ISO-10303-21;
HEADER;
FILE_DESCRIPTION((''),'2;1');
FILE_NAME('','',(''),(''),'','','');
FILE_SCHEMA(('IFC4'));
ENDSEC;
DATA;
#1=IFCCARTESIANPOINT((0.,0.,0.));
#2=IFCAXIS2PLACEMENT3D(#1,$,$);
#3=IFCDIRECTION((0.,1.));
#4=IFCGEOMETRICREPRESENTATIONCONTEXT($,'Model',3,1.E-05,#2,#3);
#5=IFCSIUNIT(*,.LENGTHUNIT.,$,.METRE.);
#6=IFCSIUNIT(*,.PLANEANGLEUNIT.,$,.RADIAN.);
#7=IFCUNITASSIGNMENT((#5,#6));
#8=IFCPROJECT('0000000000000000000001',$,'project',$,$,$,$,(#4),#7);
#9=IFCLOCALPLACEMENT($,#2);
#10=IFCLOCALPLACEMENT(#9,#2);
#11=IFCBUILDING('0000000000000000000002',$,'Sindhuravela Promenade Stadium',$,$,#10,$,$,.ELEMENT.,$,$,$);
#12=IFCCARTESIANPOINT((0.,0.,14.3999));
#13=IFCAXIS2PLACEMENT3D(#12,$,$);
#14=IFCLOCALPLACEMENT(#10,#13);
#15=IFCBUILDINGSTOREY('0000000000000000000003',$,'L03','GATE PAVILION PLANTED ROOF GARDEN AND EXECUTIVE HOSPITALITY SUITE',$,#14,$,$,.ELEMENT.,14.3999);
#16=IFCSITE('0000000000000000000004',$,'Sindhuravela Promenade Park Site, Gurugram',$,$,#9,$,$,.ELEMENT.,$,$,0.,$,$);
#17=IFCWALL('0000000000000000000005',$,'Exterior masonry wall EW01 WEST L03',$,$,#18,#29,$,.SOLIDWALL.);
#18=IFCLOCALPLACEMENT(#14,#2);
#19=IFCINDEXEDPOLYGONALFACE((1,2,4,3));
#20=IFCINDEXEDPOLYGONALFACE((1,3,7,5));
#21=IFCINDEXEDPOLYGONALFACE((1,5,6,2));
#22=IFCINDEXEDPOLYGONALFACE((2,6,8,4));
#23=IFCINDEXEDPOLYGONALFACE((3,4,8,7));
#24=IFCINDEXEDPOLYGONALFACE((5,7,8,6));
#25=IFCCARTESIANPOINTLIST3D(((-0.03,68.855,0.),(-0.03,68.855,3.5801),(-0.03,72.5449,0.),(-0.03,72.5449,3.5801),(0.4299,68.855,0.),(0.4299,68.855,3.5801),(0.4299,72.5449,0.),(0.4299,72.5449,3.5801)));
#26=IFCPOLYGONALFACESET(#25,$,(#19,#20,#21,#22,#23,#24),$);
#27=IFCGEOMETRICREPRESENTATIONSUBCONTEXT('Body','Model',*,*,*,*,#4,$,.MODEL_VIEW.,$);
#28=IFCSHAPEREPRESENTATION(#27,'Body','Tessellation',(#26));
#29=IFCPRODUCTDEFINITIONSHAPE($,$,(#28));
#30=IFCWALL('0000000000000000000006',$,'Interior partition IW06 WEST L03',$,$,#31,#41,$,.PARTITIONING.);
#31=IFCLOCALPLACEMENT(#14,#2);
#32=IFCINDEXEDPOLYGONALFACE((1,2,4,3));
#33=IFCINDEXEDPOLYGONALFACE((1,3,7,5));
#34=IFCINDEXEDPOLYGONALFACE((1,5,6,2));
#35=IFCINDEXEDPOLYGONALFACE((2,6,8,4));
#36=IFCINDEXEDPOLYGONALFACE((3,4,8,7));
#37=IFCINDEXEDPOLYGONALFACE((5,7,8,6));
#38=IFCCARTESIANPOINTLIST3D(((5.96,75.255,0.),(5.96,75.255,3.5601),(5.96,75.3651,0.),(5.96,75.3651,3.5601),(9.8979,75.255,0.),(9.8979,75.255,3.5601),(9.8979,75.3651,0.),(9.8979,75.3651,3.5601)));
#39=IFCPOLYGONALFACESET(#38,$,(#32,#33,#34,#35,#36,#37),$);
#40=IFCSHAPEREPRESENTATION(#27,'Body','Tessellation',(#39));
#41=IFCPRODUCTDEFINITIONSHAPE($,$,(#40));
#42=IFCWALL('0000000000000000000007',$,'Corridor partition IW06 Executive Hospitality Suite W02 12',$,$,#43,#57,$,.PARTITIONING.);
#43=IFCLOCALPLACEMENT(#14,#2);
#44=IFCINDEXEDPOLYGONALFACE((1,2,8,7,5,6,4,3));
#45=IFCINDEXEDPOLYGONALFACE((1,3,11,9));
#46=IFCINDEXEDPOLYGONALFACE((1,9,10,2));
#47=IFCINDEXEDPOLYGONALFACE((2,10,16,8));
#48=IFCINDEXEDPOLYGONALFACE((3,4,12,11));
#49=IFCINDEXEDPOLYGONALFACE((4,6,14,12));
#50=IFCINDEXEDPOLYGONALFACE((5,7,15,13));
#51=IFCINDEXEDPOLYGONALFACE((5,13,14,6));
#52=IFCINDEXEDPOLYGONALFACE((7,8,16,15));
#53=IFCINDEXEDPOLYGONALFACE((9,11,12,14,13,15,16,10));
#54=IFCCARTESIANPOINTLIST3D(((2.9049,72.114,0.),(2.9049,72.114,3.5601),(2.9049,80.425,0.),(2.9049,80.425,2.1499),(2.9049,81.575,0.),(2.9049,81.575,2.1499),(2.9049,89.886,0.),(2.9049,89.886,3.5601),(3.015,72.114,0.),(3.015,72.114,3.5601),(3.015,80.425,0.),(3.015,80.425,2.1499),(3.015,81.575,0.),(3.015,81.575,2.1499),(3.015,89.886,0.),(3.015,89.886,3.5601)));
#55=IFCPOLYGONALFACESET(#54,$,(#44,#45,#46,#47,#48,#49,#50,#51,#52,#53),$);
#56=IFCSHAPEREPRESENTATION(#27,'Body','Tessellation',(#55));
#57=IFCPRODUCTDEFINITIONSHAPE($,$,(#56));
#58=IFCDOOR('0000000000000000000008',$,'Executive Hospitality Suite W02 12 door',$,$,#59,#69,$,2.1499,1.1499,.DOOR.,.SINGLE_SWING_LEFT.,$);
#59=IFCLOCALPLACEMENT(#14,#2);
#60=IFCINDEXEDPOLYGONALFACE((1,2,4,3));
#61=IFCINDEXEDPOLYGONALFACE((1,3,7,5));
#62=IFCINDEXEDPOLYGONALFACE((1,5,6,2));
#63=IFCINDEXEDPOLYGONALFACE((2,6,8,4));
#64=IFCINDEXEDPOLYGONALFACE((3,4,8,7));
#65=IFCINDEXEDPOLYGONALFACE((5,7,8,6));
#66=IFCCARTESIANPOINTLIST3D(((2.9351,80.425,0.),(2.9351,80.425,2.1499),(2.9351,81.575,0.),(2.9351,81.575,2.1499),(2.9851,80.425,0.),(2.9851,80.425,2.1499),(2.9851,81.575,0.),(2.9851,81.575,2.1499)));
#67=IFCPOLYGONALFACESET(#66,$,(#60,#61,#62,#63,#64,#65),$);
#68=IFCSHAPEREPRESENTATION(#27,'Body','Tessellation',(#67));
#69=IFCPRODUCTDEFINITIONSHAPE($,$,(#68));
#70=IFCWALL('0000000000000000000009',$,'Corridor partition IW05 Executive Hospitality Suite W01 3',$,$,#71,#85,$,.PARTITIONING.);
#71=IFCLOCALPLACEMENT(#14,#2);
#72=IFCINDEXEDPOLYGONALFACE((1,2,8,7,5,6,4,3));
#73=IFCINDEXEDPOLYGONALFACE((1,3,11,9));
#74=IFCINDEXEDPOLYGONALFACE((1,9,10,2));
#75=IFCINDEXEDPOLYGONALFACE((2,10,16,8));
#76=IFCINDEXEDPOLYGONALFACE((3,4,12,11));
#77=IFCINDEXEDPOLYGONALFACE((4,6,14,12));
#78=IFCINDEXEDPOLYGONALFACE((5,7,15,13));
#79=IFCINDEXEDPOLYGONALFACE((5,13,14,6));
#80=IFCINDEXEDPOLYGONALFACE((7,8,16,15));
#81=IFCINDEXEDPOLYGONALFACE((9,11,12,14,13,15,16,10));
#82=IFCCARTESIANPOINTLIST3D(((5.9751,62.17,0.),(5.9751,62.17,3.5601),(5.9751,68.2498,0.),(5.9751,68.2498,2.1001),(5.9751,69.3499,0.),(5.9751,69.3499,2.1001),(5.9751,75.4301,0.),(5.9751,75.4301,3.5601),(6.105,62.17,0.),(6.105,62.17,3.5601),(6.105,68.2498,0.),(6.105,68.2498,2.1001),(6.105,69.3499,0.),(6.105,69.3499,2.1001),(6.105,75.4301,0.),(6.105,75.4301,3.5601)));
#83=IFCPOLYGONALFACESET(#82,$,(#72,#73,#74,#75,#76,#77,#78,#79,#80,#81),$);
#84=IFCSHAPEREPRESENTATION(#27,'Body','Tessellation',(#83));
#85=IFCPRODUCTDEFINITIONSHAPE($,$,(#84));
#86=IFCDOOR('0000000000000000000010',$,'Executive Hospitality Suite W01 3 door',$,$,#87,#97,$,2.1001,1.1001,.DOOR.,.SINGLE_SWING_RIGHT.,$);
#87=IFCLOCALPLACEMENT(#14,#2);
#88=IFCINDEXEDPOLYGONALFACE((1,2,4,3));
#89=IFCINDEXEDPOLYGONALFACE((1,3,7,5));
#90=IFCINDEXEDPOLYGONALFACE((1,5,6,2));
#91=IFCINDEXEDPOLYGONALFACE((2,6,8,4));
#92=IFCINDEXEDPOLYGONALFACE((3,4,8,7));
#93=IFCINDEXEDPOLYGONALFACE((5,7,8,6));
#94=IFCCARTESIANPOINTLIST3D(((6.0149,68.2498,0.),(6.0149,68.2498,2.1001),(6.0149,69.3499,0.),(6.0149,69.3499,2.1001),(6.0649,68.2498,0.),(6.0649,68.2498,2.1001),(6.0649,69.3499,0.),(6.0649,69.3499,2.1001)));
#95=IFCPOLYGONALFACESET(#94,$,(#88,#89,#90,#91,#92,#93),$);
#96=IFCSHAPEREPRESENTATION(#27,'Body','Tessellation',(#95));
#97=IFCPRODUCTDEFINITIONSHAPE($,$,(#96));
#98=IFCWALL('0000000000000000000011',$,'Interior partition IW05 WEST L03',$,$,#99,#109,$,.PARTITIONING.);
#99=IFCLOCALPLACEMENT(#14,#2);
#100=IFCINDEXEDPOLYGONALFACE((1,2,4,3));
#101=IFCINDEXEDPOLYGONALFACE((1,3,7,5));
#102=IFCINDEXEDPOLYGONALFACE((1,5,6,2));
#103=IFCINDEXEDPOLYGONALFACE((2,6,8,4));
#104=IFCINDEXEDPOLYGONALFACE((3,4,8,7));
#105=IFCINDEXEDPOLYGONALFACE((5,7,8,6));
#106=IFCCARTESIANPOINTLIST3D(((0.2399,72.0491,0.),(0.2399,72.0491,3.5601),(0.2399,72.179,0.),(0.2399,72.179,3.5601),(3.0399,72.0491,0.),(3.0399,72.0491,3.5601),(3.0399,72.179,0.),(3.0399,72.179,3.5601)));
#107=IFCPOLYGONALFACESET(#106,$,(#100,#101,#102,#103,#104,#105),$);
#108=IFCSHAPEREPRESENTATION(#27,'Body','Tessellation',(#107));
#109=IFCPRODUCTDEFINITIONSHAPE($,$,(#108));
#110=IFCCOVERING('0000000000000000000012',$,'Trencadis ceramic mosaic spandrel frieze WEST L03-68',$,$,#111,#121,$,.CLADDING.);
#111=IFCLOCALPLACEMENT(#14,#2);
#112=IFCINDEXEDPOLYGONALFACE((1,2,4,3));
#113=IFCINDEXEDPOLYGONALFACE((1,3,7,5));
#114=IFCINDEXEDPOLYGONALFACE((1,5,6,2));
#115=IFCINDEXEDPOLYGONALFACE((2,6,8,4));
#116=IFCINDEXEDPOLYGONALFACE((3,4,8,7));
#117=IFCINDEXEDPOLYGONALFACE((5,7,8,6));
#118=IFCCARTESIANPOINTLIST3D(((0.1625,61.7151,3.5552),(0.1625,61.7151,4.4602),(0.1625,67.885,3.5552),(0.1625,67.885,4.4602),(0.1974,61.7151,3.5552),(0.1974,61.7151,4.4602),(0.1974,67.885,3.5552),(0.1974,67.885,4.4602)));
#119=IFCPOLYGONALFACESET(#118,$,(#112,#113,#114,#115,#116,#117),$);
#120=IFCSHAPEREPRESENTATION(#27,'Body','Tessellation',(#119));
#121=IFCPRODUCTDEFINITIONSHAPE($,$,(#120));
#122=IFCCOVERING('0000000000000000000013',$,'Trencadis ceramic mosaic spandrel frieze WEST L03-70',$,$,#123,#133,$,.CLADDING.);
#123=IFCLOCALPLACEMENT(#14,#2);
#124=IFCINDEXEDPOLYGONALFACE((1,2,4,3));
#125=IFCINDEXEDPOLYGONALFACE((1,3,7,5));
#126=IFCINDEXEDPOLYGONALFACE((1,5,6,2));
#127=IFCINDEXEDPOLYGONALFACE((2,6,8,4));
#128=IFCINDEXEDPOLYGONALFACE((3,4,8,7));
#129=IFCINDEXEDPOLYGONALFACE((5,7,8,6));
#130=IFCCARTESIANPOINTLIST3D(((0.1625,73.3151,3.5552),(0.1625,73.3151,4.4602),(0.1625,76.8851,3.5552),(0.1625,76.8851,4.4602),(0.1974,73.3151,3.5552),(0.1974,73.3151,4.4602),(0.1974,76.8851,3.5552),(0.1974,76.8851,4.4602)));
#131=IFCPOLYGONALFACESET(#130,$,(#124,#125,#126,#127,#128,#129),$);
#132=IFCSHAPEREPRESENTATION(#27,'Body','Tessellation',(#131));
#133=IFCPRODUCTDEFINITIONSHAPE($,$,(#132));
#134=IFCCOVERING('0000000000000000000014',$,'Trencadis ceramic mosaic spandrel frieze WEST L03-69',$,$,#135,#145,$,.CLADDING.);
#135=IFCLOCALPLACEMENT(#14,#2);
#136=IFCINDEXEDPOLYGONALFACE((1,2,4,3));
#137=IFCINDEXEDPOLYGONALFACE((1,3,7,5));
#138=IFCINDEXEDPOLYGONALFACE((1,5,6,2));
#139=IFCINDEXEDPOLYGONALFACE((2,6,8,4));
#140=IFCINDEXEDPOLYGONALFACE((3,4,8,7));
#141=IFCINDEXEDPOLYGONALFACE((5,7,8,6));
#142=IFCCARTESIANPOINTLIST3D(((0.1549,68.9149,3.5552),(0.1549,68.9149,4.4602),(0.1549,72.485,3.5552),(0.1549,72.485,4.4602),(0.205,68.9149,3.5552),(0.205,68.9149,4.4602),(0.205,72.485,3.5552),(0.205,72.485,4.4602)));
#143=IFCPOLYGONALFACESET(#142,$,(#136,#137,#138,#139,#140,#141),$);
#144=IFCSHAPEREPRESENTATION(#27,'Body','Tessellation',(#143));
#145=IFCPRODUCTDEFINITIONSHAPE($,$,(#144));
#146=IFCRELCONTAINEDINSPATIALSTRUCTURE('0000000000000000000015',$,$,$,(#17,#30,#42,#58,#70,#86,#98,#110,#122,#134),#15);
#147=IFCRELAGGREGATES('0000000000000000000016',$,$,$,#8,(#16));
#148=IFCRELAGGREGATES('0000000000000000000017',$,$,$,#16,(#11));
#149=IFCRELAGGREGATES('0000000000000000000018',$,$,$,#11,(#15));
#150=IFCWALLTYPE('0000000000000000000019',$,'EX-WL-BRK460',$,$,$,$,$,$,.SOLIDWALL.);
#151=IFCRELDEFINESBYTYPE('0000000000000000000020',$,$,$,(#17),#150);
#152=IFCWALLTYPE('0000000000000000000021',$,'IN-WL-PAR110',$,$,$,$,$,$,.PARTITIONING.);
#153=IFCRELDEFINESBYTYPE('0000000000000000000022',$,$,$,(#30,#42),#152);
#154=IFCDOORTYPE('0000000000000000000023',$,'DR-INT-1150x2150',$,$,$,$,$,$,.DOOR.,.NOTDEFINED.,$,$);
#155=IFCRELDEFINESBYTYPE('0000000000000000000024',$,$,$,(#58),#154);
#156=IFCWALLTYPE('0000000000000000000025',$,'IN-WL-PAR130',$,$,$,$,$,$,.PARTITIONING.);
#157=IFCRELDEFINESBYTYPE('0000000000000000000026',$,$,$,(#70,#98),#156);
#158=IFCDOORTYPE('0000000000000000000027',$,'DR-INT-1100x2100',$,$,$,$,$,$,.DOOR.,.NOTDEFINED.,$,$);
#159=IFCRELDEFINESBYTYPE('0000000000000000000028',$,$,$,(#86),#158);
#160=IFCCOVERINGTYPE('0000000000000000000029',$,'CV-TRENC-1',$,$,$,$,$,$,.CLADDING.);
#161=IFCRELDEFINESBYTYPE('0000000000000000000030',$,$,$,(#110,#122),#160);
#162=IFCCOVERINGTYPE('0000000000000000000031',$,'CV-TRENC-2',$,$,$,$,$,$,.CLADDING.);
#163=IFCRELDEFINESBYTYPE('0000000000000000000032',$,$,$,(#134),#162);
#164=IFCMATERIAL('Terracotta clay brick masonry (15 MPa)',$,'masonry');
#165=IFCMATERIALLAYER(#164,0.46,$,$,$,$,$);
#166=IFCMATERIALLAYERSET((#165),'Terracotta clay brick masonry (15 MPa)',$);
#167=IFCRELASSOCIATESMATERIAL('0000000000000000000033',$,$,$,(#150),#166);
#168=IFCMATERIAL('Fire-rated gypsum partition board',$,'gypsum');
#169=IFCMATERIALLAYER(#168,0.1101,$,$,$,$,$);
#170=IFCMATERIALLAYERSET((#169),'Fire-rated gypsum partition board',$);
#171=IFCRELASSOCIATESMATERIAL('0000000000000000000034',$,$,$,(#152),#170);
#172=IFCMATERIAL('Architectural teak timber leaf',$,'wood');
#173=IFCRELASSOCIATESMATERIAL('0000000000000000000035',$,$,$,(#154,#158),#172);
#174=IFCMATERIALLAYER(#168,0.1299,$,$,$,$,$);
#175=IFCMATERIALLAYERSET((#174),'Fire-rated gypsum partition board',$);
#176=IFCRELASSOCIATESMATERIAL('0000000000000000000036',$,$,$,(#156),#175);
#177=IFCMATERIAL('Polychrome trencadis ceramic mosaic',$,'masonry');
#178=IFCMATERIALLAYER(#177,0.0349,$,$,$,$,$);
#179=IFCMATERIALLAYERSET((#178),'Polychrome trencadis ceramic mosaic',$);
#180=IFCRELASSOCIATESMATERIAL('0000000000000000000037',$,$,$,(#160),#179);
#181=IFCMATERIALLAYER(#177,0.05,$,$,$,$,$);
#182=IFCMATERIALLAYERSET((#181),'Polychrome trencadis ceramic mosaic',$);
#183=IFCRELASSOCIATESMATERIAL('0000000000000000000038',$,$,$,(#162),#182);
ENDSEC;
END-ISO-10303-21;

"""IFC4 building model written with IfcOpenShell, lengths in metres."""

from ifc_helpers import new_model, si_unit, direction, frame, frame_2d, origin, origin_2d, place, context, subcontext, project, spatial, rectangle, extrude, material, layer, layer_set, type_object, element, fill, save


model = new_model("IFC4")

# Units and contexts
model_context = context("Model", 3, precision=1e-05, world=origin(), true_north=direction((0.0, 1.0)))
body_context = subcontext(model_context, "Body", "Model", "MODEL_VIEW")
ifc_project = project(units=[si_unit("LENGTHUNIT", "METRE"), si_unit("PLANEANGLEUNIT", "RADIAN")], contexts=[model_context])

# Site, building, storey
site_placement = place(None, origin())
site = spatial("IfcSite", under=ifc_project, at=site_placement, Name="Sindhuravela Promenade Park Site, Gurugram", CompositionType="ELEMENT", RefElevation=0.0)
building_placement = place(site_placement, origin())
building = spatial("IfcBuilding", under=site, at=building_placement, Name="Sindhuravela Promenade Stadium", CompositionType="ELEMENT")
storey_placement = place(building_placement, frame((0.0, 0.0, 14.3999)))
storey = spatial("IfcBuildingStorey", under=building, at=storey_placement, Name="L03", Description="GATE PAVILION PLANTED ROOF GARDEN AND EXECUTIVE HOSPITALITY SUITE", CompositionType="ELEMENT", Elevation=14.3999)

# Walls
ifc_material_1 = material(Name="Terracotta clay brick masonry (15 MPa)", Category="masonry")
ifc_layer_1 = layer(ifc_material_1, 0.46)
ifc_layer_set_1 = layer_set([ifc_layer_1], Name="Terracotta clay brick masonry (15 MPa)")
wall_type_1 = type_object("IfcWallType", Name="EX-WL-BRK460", PredefinedType="SOLIDWALL", material=ifc_layer_set_1)
wall_1_placement = place(storey_placement, frame((0.2, 68.855, 0.0), z_axis=(0.0, 0.0, 1.0), x_axis=(0.0, 1.0, 0.0)))
element("IfcWall", 1, at=wall_1_placement, inside=storey, type_object=wall_type_1, Name="Exterior masonry wall EW01 WEST L03", PredefinedType="SOLIDWALL", context=body_context, shape_type="SweptSolid", body=[
    extrude(rectangle(XDim=3.6899, YDim=0.46, at=frame_2d((1.845, 0.0))), origin(), (0.0, 0.0, 1.0), 3.5801),
])
ifc_material_2 = material(Name="Fire-rated gypsum partition board", Category="gypsum")
ifc_layer_2 = layer(ifc_material_2, 0.1101)
ifc_layer_set_2 = layer_set([ifc_layer_2], Name="Fire-rated gypsum partition board")
wall_type_2 = type_object("IfcWallType", Name="IN-WL-PAR110", PredefinedType="PARTITIONING", material=ifc_layer_set_2)
wall_2_placement = place(storey_placement, frame((5.96, 75.3101, 0.0), z_axis=(0.0, 0.0, 1.0), x_axis=(1.0, 0.0, 0.0)))
element("IfcWall", 2, at=wall_2_placement, inside=storey, type_object=wall_type_2, Name="Interior partition IW06 WEST L03", PredefinedType="PARTITIONING", context=body_context, shape_type="SweptSolid", body=[
    extrude(rectangle(XDim=3.938, YDim=0.1101, at=frame_2d((1.969, 0.0))), origin(), (0.0, 0.0, 1.0), 3.5601),
])

# Walls, openings, doors
wall_3_placement = place(storey_placement, frame((2.96, 72.114, 0.0), z_axis=(0.0, 0.0, 1.0), x_axis=(0.0, 1.0, 0.0)))
wall_3 = element("IfcWall", 3, at=wall_3_placement, inside=storey, type_object=wall_type_2, Name="Corridor partition IW06 Executive Hospitality Suite W02 12", PredefinedType="PARTITIONING", context=body_context, shape_type="SweptSolid", body=[
    extrude(rectangle(XDim=17.772, YDim=0.1101, at=frame_2d((8.886, 0.0))), origin(), (0.0, 0.0, 1.0), 3.5601),
])
opening_1_placement = place(wall_3_placement, frame((8.311, 0.0, 0.0)))
opening_1 = element("IfcOpeningElement", 4, at=opening_1_placement, cuts=wall_3, PredefinedType="OPENING", context=body_context, shape_type="SweptSolid", body=[
    extrude(rectangle(XDim=1.1499, YDim=2.1499, at=frame_2d((0.575, 1.075))), frame((0.0, 0.0649, 0.0), z_axis=(0.0, -1.0, 0.0), x_axis=(1.0, 0.0, 0.0)), (0.0, 0.0, 1.0), 0.1301),
])
ifc_material_3 = material(Name="Architectural teak timber leaf", Category="wood")
door_type_1 = type_object("IfcDoorType", Name="DR-INT-1150x2150", OperationType="NOTDEFINED", PredefinedType="DOOR", material=ifc_material_3)
door_1_placement = place(opening_1_placement, origin())
door_1 = element("IfcDoor", 5, at=door_1_placement, inside=storey, type_object=door_type_1, Name="Executive Hospitality Suite W02 12 door", OperationType="SINGLE_SWING_LEFT", OverallHeight=2.1499, OverallWidth=1.1499, PredefinedType="DOOR", context=body_context, shape_type="SweptSolid", body=[
    extrude(rectangle(XDim=1.1499, YDim=2.1499, at=frame_2d((0.575, 1.075))), frame((0.0, 0.0249, 0.0), z_axis=(0.0, -1.0, 0.0), x_axis=(1.0, 0.0, 0.0)), (0.0, 0.0, 1.0), 0.05),
])
fill(opening_1, door_1)
ifc_layer_3 = layer(ifc_material_2, 0.1299)
ifc_layer_set_3 = layer_set([ifc_layer_3], Name="Fire-rated gypsum partition board")
wall_type_3 = type_object("IfcWallType", Name="IN-WL-PAR130", PredefinedType="PARTITIONING", material=ifc_layer_set_3)
wall_4_placement = place(storey_placement, frame((6.04, 75.4299, 0.0), z_axis=(0.0, 0.0, 1.0), x_axis=(0.0, -1.0, 0.0)))
wall_4 = element("IfcWall", 6, at=wall_4_placement, inside=storey, type_object=wall_type_3, Name="Corridor partition IW05 Executive Hospitality Suite W01 3", PredefinedType="PARTITIONING", context=body_context, shape_type="SweptSolid", body=[
    extrude(rectangle(XDim=13.26, YDim=0.1299, at=frame_2d((6.6299, 0.0))), origin(), (0.0, 0.0, 1.0), 3.5601),
])
opening_2_placement = place(wall_4_placement, frame((6.0801, 0.0, 0.0)))
opening_2 = element("IfcOpeningElement", 7, at=opening_2_placement, cuts=wall_4, PredefinedType="OPENING", context=body_context, shape_type="SweptSolid", body=[
    extrude(rectangle(XDim=1.1001, YDim=2.1001, at=frame_2d((0.55, 1.05))), frame((0.0, 0.075, 0.0), z_axis=(0.0, -1.0, 0.0), x_axis=(1.0, 0.0, 0.0)), (0.0, 0.0, 1.0), 0.1499),
])
door_type_2 = type_object("IfcDoorType", Name="DR-INT-1100x2100", OperationType="NOTDEFINED", PredefinedType="DOOR", material=ifc_material_3)
door_2_placement = place(opening_2_placement, origin())
door_2 = element("IfcDoor", 8, at=door_2_placement, inside=storey, type_object=door_type_2, Name="Executive Hospitality Suite W01 3 door", OperationType="SINGLE_SWING_RIGHT", OverallHeight=2.1001, OverallWidth=1.1001, PredefinedType="DOOR", context=body_context, shape_type="SweptSolid", body=[
    extrude(rectangle(XDim=1.1001, YDim=2.1001, at=frame_2d((0.55, 1.05))), frame((0.0, 0.0249, 0.0), z_axis=(0.0, -1.0, 0.0), x_axis=(1.0, 0.0, 0.0)), (0.0, 0.0, 1.0), 0.05),
])
fill(opening_2, door_2)

# Wall
wall_5_placement = place(storey_placement, frame((0.24, 72.114, 0.0), z_axis=(0.0, 0.0, 1.0), x_axis=(1.0, 0.0, 0.0)))
element("IfcWall", 9, at=wall_5_placement, inside=storey, type_object=wall_type_3, Name="Interior partition IW05 WEST L03", PredefinedType="PARTITIONING", context=body_context, shape_type="SweptSolid", body=[
    extrude(rectangle(XDim=2.8, YDim=0.1299, at=frame_2d((1.3999, 0.0))), origin(), (0.0, 0.0, 1.0), 3.5601),
])

# Coverings
ifc_material_4 = material(Name="Polychrome trencadis ceramic mosaic", Category="masonry")
ifc_layer_4 = layer(ifc_material_4, 0.0349)
ifc_layer_set_4 = layer_set([ifc_layer_4], Name="Polychrome trencadis ceramic mosaic")
covering_type_1 = type_object("IfcCoveringType", Name="CV-TRENC-1", PredefinedType="CLADDING", material=ifc_layer_set_4)
covering_1_placement = place(storey_placement, frame((0.1799, 64.8, 3.5552), z_axis=(0.0, 0.0, 1.0), x_axis=(0.0, 1.0, 0.0)))
element("IfcCovering", 10, at=covering_1_placement, inside=storey, type_object=covering_type_1, Name="Trencadis ceramic mosaic spandrel frieze WEST L03-68", PredefinedType="CLADDING", context=body_context, shape_type="SweptSolid", body=[
    extrude(rectangle(XDim=6.1699, YDim=0.0349, at=origin_2d()), origin(), (0.0, 0.0, 1.0), 0.905),
])
covering_2_placement = place(storey_placement, frame((0.1799, 75.1001, 3.5552), z_axis=(0.0, 0.0, 1.0), x_axis=(0.0, 1.0, 0.0)))
element("IfcCovering", 11, at=covering_2_placement, inside=storey, type_object=covering_type_1, Name="Trencadis ceramic mosaic spandrel frieze WEST L03-70", PredefinedType="CLADDING", context=body_context, shape_type="SweptSolid", body=[
    extrude(rectangle(XDim=3.5701, YDim=0.0349, at=origin_2d()), origin(), (0.0, 0.0, 1.0), 0.905),
])
ifc_layer_5 = layer(ifc_material_4, 0.05)
ifc_layer_set_5 = layer_set([ifc_layer_5], Name="Polychrome trencadis ceramic mosaic")
covering_type_2 = type_object("IfcCoveringType", Name="CV-TRENC-2", PredefinedType="CLADDING", material=ifc_layer_set_5)
covering_3_placement = place(storey_placement, frame((0.1799, 70.7, 3.5552), z_axis=(0.0, 0.0, 1.0), x_axis=(0.0, 1.0, 0.0)))
element("IfcCovering", 12, at=covering_3_placement, inside=storey, type_object=covering_type_2, Name="Trencadis ceramic mosaic spandrel frieze WEST L03-69", PredefinedType="CLADDING", context=body_context, shape_type="SweptSolid", body=[
    extrude(rectangle(XDim=3.5701, YDim=0.05, at=origin_2d()), origin(), (0.0, 0.0, 1.0), 0.905),
])

save(model, "model.ifc")
